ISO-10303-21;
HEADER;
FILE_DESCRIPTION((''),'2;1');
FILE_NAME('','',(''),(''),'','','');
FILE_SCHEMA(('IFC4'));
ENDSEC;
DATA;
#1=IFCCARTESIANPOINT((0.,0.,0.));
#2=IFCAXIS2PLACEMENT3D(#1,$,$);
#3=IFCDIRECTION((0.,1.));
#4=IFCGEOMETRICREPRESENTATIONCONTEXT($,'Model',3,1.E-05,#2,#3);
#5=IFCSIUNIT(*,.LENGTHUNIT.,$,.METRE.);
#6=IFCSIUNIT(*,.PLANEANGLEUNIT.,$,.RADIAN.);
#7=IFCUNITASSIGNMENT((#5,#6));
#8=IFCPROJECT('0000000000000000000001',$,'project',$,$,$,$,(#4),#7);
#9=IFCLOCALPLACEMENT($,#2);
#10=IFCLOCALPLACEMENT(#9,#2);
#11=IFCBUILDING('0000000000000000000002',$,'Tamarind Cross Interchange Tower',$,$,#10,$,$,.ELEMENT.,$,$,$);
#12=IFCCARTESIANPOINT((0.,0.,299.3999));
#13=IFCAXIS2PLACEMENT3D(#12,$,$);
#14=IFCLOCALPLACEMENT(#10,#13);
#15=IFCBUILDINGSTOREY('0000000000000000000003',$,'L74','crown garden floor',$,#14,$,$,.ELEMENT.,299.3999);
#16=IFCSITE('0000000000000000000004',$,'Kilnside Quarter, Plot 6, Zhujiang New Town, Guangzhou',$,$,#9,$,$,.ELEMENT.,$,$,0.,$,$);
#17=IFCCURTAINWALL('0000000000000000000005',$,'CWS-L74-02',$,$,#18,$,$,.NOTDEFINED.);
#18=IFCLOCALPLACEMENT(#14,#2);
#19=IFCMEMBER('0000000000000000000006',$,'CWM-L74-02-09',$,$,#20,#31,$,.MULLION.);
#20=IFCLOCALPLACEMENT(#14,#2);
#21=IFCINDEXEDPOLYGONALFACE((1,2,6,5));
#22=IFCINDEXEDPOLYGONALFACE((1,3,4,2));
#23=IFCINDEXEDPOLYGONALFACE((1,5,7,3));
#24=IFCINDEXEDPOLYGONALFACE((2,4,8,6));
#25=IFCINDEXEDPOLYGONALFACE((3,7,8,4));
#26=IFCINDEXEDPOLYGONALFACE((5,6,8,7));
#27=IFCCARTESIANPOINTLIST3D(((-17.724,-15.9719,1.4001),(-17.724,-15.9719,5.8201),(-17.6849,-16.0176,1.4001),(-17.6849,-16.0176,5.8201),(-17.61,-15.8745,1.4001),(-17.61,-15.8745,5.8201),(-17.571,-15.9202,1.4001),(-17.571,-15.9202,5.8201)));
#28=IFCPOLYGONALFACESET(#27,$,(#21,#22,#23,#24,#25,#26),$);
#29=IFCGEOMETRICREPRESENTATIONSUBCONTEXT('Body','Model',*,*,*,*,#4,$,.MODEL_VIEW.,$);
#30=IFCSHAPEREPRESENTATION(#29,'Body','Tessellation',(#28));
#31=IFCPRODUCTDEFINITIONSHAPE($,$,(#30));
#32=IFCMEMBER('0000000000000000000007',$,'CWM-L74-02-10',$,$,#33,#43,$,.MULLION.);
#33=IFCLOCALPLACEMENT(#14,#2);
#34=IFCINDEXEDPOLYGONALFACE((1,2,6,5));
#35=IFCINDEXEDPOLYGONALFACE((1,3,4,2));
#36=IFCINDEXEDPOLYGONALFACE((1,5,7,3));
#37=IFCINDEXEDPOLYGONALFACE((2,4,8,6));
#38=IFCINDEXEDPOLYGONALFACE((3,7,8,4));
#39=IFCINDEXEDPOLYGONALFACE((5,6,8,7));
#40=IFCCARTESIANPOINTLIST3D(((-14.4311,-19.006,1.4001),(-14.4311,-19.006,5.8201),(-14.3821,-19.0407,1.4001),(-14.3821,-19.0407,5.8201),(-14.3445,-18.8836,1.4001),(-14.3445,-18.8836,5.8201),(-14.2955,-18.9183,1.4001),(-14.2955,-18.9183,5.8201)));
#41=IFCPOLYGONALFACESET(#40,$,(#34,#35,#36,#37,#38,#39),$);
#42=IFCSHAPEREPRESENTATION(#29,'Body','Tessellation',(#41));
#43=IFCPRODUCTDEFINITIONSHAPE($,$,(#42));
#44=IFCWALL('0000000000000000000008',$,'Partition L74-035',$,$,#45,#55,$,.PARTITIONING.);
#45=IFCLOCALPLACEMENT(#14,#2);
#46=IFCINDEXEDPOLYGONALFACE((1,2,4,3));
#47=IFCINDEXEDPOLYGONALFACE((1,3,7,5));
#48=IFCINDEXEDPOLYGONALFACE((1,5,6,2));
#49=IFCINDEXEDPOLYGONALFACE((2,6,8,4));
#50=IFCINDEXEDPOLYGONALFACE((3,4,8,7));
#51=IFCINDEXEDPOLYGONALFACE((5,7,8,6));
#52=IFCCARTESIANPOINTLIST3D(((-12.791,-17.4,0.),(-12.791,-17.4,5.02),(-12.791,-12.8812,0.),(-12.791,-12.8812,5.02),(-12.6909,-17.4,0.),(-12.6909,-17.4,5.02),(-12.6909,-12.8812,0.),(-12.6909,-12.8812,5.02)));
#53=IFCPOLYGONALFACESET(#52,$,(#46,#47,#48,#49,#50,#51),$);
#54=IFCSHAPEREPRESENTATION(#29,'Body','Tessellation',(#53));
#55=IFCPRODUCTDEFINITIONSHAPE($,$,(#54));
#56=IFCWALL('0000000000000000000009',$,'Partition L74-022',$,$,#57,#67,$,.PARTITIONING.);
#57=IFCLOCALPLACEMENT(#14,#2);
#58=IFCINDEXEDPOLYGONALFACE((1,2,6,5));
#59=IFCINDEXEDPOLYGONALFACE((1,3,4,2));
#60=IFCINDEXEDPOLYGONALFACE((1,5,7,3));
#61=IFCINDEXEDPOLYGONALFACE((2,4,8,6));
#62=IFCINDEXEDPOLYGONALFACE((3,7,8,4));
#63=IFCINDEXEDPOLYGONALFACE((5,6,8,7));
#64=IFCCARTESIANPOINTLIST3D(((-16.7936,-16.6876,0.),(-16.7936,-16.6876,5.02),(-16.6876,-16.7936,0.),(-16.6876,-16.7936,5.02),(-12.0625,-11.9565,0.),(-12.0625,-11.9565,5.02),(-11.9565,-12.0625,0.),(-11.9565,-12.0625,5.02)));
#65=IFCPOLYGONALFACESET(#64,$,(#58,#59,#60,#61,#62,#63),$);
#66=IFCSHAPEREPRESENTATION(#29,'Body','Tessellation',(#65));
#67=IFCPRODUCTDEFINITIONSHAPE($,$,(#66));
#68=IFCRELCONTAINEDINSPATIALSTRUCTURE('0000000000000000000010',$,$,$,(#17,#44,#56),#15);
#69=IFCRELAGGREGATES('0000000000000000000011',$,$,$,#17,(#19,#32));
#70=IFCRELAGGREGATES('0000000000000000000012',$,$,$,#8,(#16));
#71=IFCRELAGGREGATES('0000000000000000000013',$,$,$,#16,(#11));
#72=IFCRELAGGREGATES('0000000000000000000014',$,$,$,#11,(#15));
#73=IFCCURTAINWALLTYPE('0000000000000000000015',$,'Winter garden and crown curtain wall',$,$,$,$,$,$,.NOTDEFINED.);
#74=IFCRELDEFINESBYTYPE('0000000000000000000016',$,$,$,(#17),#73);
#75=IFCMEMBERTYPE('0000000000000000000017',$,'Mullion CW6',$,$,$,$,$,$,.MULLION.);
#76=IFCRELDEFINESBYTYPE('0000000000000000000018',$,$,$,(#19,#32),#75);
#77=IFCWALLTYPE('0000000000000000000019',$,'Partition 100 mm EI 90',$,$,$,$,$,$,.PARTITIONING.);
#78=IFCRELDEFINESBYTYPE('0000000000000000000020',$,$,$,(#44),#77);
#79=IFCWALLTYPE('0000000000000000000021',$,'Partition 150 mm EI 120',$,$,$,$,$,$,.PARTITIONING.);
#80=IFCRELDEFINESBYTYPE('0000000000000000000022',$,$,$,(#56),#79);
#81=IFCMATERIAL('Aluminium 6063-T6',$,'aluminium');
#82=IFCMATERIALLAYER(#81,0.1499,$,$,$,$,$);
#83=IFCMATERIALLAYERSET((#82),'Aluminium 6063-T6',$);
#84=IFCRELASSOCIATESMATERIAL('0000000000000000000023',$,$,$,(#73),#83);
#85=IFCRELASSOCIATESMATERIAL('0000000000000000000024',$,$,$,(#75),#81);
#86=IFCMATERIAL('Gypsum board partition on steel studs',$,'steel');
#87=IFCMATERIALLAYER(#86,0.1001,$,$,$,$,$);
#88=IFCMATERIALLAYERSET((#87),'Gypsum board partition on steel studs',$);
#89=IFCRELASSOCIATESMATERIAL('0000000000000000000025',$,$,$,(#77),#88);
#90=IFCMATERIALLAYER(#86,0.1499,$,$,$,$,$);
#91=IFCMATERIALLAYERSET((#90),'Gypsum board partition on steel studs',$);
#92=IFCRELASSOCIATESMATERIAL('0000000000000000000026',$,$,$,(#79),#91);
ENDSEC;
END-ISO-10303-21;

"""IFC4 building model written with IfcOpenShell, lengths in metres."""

from ifc_helpers import new_model, si_unit, direction, frame, frame_2d, origin, origin_2d, place, context, subcontext, project, spatial, rectangle, extrude, material, layer, layer_set, material_profile, profile_set, type_object, element, aggregate, save


model = new_model("IFC4")

# Units and contexts
model_context = context("Model", 3, precision=1e-05, world=origin(), true_north=direction((0.0, 1.0)))
body_context = subcontext(model_context, "Body", "Model", "MODEL_VIEW")
ifc_project = project(units=[si_unit("LENGTHUNIT", "METRE"), si_unit("PLANEANGLEUNIT", "RADIAN")], contexts=[model_context])

# Site, building, storey
site_placement = place(None, origin())
site = spatial("IfcSite", under=ifc_project, at=site_placement, Name="Kilnside Quarter, Plot 6, Zhujiang New Town, Guangzhou", CompositionType="ELEMENT", RefElevation=0.0)
building_placement = place(site_placement, origin())
building = spatial("IfcBuilding", under=site, at=building_placement, Name="Tamarind Cross Interchange Tower", CompositionType="ELEMENT")
storey_placement = place(building_placement, frame((0.0, 0.0, 299.3999)))
storey = spatial("IfcBuildingStorey", under=building, at=storey_placement, Name="L74", Description="crown garden floor", CompositionType="ELEMENT", Elevation=299.3999)

# Curtain wall, members
ifc_material_1 = material(Name="Aluminium 6063-T6", Category="aluminium")
ifc_layer_1 = layer(ifc_material_1, 0.1499)
ifc_layer_set_1 = layer_set([ifc_layer_1], Name="Aluminium 6063-T6")
curtain_wall_type = type_object("IfcCurtainWallType", Name="Winter garden and crown curtain wall", PredefinedType="NOTDEFINED", material=ifc_layer_set_1)
curtain_wall_placement = place(storey_placement, origin())
curtain_wall = element("IfcCurtainWall", 1, at=curtain_wall_placement, inside=storey, type_object=curtain_wall_type, Name="CWS-L74-02", PredefinedType="NOTDEFINED")
ifc_material_profile_1 = material_profile(ifc_material_1, rectangle(XDim=0.0601, YDim=0.1499, at=origin_2d()), Name="Mullion CW6")
ifc_profile_set_1 = profile_set([ifc_material_profile_1], Name="Aluminium 6063-T6")
member_type = type_object("IfcMemberType", Name="Mullion CW6", PredefinedType="MULLION", material=ifc_profile_set_1)
member_1_placement = place(storey_placement, frame((-17.6475, -15.946, 1.4001), z_axis=(0.0, 0.0, 1.0), x_axis=(0.649577, -0.760296, 0.0)))
member_1 = element("IfcMember", 2, at=member_1_placement, type_object=member_type, Name="CWM-L74-02-09", PredefinedType="MULLION", context=body_context, shape_type="SweptSolid", body=[
    extrude(rectangle(XDim=0.0601, YDim=0.1499, at=origin_2d()), origin(), (0.0, 0.0, 1.0), 4.4199),
])
member_2_placement = place(storey_placement, frame((-14.3633, -18.9622, 1.4001), z_axis=(0.0, 0.0, 1.0), x_axis=(0.816342, -0.577569, 0.0)))
member_2 = element("IfcMember", 3, at=member_2_placement, type_object=member_type, Name="CWM-L74-02-10", PredefinedType="MULLION", context=body_context, shape_type="SweptSolid", body=[
    extrude(rectangle(XDim=0.0601, YDim=0.1499, at=origin_2d()), origin(), (0.0, 0.0, 1.0), 4.4199),
])
aggregate(curtain_wall, [member_1, member_2])

# Walls
ifc_material_2 = material(Name="Gypsum board partition on steel studs", Category="steel")
ifc_layer_2 = layer(ifc_material_2, 0.1001)
ifc_layer_set_2 = layer_set([ifc_layer_2], Name="Gypsum board partition on steel studs")
wall_type_1 = type_object("IfcWallType", Name="Partition 100 mm EI 90", PredefinedType="PARTITIONING", material=ifc_layer_set_2)
wall_1_placement = place(storey_placement, frame((-12.741, -17.3999, 0.0), z_axis=(0.0, 0.0, 1.0), x_axis=(0.0, 1.0, 0.0)))
element("IfcWall", 4, at=wall_1_placement, inside=storey, type_object=wall_type_1, Name="Partition L74-035", PredefinedType="PARTITIONING", context=body_context, shape_type="SweptSolid", body=[
    extrude(rectangle(XDim=4.5188, YDim=0.1001, at=frame_2d((2.2593, 0.0))), origin(), (0.0, 0.0, 1.0), 5.02),
])
ifc_layer_3 = layer(ifc_material_2, 0.1499)
ifc_layer_set_3 = layer_set([ifc_layer_3], Name="Gypsum board partition on steel studs")
wall_type_2 = type_object("IfcWallType", Name="Partition 150 mm EI 120", PredefinedType="PARTITIONING", material=ifc_layer_set_3)
wall_2_placement = place(storey_placement, frame((-16.7405, -16.7405, 0.0), z_axis=(0.0, 0.0, 1.0), x_axis=(0.707107, 0.707107, 0.0)))
element("IfcWall", 5, at=wall_2_placement, inside=storey, type_object=wall_type_2, Name="Partition L74-022", PredefinedType="PARTITIONING", context=body_context, shape_type="SweptSolid", body=[
    extrude(rectangle(XDim=6.6907, YDim=0.1499, at=frame_2d((3.3452, 0.0))), origin(), (0.0, 0.0, 1.0), 5.02),
])

save(model, "model.ifc")
